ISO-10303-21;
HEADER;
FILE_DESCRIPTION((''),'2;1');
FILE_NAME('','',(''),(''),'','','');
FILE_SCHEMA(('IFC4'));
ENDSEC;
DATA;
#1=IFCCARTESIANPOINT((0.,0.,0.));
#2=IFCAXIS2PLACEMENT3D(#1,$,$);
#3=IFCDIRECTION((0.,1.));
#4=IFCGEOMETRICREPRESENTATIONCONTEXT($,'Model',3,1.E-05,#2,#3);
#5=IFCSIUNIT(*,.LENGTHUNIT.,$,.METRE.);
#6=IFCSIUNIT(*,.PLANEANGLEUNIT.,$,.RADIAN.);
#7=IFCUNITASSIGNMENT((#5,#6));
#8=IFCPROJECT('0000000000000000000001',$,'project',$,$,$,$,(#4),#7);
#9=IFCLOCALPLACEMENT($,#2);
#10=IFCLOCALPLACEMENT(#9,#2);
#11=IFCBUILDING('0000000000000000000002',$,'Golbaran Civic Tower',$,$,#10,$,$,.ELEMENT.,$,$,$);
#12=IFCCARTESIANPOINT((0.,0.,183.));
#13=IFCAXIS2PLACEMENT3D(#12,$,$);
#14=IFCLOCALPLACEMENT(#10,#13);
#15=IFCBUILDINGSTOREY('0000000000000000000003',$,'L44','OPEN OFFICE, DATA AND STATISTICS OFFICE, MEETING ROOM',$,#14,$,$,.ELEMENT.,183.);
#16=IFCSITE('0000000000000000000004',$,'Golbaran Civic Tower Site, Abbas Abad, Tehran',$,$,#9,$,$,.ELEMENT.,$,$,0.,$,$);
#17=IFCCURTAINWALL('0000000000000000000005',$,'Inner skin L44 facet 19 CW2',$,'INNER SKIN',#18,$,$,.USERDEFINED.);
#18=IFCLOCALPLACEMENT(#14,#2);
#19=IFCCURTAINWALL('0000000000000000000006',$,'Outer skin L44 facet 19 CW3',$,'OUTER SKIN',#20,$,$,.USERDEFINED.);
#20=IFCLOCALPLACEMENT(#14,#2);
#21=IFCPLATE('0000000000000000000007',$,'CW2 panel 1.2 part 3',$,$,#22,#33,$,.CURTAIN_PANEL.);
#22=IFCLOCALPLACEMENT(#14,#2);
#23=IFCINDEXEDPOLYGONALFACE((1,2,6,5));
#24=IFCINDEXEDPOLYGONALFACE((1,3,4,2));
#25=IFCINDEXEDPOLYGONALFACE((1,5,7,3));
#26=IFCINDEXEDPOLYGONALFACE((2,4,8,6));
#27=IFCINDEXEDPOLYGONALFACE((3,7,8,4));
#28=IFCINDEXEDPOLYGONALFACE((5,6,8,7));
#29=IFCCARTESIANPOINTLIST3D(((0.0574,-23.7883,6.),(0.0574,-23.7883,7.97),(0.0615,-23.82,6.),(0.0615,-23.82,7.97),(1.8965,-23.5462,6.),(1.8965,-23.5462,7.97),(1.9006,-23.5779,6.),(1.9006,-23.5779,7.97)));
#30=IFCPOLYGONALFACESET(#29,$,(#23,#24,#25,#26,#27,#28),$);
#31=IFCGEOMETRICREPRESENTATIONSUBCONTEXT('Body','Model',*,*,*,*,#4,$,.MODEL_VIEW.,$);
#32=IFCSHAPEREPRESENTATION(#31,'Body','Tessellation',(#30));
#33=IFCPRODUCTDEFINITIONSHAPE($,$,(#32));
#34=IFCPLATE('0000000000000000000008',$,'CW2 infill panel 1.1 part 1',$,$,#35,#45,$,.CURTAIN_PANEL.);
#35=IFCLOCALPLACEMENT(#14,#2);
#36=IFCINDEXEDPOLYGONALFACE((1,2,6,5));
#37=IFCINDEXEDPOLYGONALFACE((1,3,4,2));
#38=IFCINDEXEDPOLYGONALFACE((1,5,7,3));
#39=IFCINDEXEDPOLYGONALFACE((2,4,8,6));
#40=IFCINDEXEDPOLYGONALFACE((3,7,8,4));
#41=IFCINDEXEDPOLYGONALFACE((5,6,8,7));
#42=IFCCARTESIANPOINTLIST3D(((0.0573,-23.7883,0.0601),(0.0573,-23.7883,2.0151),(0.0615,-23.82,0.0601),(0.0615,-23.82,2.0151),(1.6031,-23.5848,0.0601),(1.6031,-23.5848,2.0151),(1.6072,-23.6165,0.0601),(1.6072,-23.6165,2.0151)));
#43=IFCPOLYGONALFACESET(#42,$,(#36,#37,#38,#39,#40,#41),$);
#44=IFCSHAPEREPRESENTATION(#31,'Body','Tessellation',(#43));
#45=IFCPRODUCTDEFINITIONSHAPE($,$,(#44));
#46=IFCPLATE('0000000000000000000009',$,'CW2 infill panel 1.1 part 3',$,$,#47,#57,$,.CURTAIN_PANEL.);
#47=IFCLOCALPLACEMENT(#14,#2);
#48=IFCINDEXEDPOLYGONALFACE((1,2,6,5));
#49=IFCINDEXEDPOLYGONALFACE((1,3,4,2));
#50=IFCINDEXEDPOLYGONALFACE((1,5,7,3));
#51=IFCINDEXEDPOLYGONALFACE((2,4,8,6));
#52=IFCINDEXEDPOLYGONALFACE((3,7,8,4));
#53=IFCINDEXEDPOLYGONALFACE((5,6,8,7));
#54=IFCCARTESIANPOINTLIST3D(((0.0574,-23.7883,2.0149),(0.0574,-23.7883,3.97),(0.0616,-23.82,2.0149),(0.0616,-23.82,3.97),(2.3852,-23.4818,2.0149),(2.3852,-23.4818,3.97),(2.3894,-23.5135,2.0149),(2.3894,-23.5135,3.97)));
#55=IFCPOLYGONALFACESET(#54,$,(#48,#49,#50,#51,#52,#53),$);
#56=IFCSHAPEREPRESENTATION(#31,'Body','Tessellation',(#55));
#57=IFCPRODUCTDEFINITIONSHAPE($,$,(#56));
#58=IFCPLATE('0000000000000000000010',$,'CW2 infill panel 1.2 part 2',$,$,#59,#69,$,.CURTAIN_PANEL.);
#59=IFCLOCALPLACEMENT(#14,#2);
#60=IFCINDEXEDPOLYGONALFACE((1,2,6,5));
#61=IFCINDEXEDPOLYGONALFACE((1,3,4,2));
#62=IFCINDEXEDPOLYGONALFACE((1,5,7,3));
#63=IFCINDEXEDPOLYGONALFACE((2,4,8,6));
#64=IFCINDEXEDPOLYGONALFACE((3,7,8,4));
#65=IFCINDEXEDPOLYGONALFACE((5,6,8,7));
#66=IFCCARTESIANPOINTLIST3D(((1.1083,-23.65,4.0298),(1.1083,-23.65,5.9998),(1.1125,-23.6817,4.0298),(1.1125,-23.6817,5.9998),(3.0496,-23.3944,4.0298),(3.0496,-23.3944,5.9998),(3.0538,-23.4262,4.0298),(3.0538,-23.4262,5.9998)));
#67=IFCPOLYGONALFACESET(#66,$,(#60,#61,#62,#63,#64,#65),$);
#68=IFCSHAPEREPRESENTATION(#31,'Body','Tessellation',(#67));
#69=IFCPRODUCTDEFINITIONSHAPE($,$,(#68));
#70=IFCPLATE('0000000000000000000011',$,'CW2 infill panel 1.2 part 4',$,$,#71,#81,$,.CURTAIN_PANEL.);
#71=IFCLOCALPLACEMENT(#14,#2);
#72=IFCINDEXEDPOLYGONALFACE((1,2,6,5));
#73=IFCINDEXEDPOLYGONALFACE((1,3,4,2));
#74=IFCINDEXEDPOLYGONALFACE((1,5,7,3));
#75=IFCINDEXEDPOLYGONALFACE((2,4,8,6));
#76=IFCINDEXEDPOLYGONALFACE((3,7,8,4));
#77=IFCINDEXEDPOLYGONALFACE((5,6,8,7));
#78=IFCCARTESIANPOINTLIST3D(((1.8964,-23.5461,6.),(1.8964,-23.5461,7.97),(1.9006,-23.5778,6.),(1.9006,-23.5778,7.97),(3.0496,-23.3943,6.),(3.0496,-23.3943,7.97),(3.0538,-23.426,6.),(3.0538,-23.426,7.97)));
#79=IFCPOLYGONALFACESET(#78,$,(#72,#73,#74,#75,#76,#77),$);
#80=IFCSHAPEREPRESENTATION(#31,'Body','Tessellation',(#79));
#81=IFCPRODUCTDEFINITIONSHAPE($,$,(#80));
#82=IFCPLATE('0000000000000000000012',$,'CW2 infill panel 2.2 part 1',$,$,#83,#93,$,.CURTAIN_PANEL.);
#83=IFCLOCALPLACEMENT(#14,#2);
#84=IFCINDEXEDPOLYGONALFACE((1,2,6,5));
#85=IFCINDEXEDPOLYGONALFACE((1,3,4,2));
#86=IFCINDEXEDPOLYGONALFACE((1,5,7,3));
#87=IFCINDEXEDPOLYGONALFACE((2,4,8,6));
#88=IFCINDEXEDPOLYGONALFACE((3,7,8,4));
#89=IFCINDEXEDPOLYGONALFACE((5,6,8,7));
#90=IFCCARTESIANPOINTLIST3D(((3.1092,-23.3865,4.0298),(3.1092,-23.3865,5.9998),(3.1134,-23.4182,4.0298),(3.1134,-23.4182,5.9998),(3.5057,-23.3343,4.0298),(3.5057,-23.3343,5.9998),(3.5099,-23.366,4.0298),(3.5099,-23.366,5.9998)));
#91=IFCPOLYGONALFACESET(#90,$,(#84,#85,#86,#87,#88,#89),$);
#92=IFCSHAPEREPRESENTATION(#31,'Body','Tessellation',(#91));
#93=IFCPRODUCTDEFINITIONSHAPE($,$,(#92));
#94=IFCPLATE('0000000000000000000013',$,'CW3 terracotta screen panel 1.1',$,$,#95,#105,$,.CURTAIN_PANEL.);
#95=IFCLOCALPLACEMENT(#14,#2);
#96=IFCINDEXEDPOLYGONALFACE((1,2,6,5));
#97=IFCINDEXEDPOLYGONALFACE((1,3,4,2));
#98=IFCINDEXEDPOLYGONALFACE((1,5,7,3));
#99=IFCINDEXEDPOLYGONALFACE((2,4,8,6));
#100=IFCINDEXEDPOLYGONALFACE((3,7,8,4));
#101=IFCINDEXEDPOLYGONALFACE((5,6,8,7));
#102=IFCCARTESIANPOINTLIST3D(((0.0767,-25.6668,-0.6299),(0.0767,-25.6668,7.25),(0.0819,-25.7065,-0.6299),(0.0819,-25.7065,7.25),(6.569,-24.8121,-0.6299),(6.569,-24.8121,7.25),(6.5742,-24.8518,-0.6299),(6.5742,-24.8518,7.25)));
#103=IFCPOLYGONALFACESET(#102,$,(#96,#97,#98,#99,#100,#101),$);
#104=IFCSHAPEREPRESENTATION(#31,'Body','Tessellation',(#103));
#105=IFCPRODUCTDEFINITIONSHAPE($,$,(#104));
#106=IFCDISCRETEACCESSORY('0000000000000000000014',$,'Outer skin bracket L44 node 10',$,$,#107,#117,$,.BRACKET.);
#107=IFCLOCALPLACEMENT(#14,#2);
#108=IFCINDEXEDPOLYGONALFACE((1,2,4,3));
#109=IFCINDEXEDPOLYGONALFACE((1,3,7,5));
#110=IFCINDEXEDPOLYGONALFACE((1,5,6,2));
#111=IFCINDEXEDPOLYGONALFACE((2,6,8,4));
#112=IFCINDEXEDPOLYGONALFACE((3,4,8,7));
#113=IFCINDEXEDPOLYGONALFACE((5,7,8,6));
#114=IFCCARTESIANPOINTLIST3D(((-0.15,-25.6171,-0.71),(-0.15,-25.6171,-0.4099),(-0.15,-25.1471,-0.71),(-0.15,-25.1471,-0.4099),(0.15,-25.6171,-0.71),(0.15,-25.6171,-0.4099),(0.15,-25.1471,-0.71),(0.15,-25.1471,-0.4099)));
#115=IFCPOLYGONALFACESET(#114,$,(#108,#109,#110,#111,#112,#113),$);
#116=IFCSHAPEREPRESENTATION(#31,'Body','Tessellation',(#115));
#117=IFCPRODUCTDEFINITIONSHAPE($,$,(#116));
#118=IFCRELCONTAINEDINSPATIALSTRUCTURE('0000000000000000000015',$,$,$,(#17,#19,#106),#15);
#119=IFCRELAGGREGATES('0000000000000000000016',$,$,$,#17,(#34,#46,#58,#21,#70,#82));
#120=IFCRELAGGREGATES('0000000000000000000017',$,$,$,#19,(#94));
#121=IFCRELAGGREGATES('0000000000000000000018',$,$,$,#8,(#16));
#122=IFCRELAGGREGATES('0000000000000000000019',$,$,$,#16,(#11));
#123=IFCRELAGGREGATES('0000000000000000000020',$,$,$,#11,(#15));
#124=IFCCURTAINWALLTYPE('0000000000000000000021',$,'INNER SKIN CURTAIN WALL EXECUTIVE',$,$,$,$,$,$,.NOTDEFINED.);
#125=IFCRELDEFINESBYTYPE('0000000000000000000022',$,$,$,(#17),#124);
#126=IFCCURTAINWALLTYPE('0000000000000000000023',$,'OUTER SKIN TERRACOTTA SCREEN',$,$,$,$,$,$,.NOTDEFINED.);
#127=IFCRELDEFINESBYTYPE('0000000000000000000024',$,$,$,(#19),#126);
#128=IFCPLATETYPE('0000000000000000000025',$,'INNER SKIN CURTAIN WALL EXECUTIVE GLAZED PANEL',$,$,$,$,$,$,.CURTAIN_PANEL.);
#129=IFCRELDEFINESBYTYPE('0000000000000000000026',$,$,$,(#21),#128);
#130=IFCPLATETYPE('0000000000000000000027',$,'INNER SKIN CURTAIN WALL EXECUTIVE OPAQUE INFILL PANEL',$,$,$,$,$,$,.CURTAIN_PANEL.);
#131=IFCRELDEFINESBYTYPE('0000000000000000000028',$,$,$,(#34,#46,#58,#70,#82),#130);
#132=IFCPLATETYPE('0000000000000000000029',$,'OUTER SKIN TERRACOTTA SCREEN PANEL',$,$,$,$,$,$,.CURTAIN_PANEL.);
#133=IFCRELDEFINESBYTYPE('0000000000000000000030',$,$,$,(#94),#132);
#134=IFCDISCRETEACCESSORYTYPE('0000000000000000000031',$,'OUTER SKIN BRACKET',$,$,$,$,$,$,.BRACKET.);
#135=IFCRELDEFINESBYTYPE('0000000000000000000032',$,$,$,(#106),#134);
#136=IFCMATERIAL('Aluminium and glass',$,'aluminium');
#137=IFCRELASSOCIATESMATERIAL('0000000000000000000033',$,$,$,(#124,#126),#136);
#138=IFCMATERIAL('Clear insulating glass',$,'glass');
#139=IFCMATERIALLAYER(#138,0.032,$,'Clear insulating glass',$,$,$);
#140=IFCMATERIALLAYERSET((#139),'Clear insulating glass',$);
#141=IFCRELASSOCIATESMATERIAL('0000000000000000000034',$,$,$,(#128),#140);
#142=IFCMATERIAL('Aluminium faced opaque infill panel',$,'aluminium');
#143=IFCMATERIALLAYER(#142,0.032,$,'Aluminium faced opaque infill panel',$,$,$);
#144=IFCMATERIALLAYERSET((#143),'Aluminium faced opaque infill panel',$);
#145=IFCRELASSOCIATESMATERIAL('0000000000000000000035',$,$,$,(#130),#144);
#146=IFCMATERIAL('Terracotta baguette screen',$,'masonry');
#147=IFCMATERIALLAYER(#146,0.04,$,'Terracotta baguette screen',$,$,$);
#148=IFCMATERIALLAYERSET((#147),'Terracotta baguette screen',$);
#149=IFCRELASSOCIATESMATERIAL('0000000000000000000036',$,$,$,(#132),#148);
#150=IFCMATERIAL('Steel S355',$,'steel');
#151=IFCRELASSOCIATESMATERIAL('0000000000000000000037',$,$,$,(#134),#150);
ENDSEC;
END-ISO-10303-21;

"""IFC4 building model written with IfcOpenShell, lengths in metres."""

from ifc_helpers import new_model, si_unit, direction, frame, origin, origin_2d, place, context, subcontext, project, spatial, rectangle, extrude, material, layer, layer_set, type_object, element, aggregate, save


model = new_model("IFC4")

# Units and contexts
model_context = context("Model", 3, precision=1e-05, world=origin(), true_north=direction((0.0, 1.0)))
body_context = subcontext(model_context, "Body", "Model", "MODEL_VIEW")
ifc_project = project(units=[si_unit("LENGTHUNIT", "METRE"), si_unit("PLANEANGLEUNIT", "RADIAN")], contexts=[model_context])

# Site, building, storey
site_placement = place(None, origin())
site = spatial("IfcSite", under=ifc_project, at=site_placement, Name="Golbaran Civic Tower Site, Abbas Abad, Tehran", CompositionType="ELEMENT", RefElevation=0.0)
building_placement = place(site_placement, origin())
building = spatial("IfcBuilding", under=site, at=building_placement, Name="Golbaran Civic Tower", CompositionType="ELEMENT")
storey_placement = place(building_placement, frame((0.0, 0.0, 183.0)))
storey = spatial("IfcBuildingStorey", under=building, at=storey_placement, Name="L44", Description="OPEN OFFICE, DATA AND STATISTICS OFFICE, MEETING ROOM", CompositionType="ELEMENT", Elevation=183.0)

# Shared definitions
ifc_material_1 = material(Name="Steel S355", Category="steel")

# Curtain walls
ifc_material_2 = material(Name="Aluminium and glass", Category="aluminium")
curtain_wall_type_1 = type_object("IfcCurtainWallType", Name="INNER SKIN CURTAIN WALL EXECUTIVE", PredefinedType="NOTDEFINED", material=ifc_material_2)
curtain_wall_1_placement = place(storey_placement, origin())
curtain_wall_1 = element("IfcCurtainWall", 1, at=curtain_wall_1_placement, inside=storey, type_object=curtain_wall_type_1, Name="Inner skin L44 facet 19 CW2", ObjectType="INNER SKIN", PredefinedType="USERDEFINED")
curtain_wall_type_2 = type_object("IfcCurtainWallType", Name="OUTER SKIN TERRACOTTA SCREEN", PredefinedType="NOTDEFINED", material=ifc_material_2)
curtain_wall_2_placement = place(storey_placement, origin())
curtain_wall_2 = element("IfcCurtainWall", 2, at=curtain_wall_2_placement, inside=storey, type_object=curtain_wall_type_2, Name="Outer skin L44 facet 19 CW3", ObjectType="OUTER SKIN", PredefinedType="USERDEFINED")

# Plates
ifc_material_3 = material(Name="Clear insulating glass", Category="glass")
ifc_layer_1 = layer(ifc_material_3, 0.032, Name="Clear insulating glass")
ifc_layer_set_1 = layer_set([ifc_layer_1], Name="Clear insulating glass")
plate_type_1 = type_object("IfcPlateType", Name="INNER SKIN CURTAIN WALL EXECUTIVE GLAZED PANEL", PredefinedType="CURTAIN_PANEL", material=ifc_layer_set_1)
plate_1_placement = place(storey_placement, frame((0.979, -23.6831, 6.0), z_axis=(0.0, 0.0, 1.0), x_axis=(0.991445, 0.130526, 0.0)))
plate_1 = element("IfcPlate", 3, at=plate_1_placement, type_object=plate_type_1, Name="CW2 panel 1.2 part 3", PredefinedType="CURTAIN_PANEL", context=body_context, shape_type="SweptSolid", body=[
    extrude(rectangle(XDim=1.855, YDim=0.032, at=origin_2d()), origin(), (0.0, 0.0, 1.0), 1.97),
])
ifc_material_4 = material(Name="Aluminium faced opaque infill panel", Category="aluminium")
ifc_layer_2 = layer(ifc_material_4, 0.032, Name="Aluminium faced opaque infill panel")
ifc_layer_set_2 = layer_set([ifc_layer_2], Name="Aluminium faced opaque infill panel")
plate_type_2 = type_object("IfcPlateType", Name="INNER SKIN CURTAIN WALL EXECUTIVE OPAQUE INFILL PANEL", PredefinedType="CURTAIN_PANEL", material=ifc_layer_set_2)
plate_2_placement = place(storey_placement, frame((0.8323, -23.7024, 0.0601), z_axis=(0.0, 0.0, 1.0), x_axis=(0.991445, 0.130526, 0.0)))
plate_2 = element("IfcPlate", 4, at=plate_2_placement, type_object=plate_type_2, Name="CW2 infill panel 1.1 part 1", PredefinedType="CURTAIN_PANEL", context=body_context, shape_type="SweptSolid", body=[
    extrude(rectangle(XDim=1.5591, YDim=0.032, at=origin_2d()), origin(), (0.0, 0.0, 1.0), 1.9551),
])
plate_3_placement = place(storey_placement, frame((1.2234, -23.6509, 2.0149), z_axis=(0.0, 0.0, 1.0), x_axis=(0.991445, 0.130526, 0.0)))
plate_3 = element("IfcPlate", 5, at=plate_3_placement, type_object=plate_type_2, Name="CW2 infill panel 1.1 part 3", PredefinedType="CURTAIN_PANEL", context=body_context, shape_type="SweptSolid", body=[
    extrude(rectangle(XDim=2.3479, YDim=0.032, at=origin_2d()), origin(), (0.0, 0.0, 1.0), 1.9551),
])
plate_4_placement = place(storey_placement, frame((2.0811, -23.5381, 4.0298), z_axis=(0.0, 0.0, 1.0), x_axis=(0.991445, 0.130526, 0.0)))
plate_4 = element("IfcPlate", 6, at=plate_4_placement, type_object=plate_type_2, Name="CW2 infill panel 1.2 part 2", PredefinedType="CURTAIN_PANEL", context=body_context, shape_type="SweptSolid", body=[
    extrude(rectangle(XDim=1.958, YDim=0.032, at=origin_2d()), origin(), (0.0, 0.0, 1.0), 1.97),
])
plate_5_placement = place(storey_placement, frame((2.4751, -23.4861, 6.0), z_axis=(0.0, 0.0, 1.0), x_axis=(0.991445, 0.130526, 0.0)))
plate_5 = element("IfcPlate", 7, at=plate_5_placement, type_object=plate_type_2, Name="CW2 infill panel 1.2 part 4", PredefinedType="CURTAIN_PANEL", context=body_context, shape_type="SweptSolid", body=[
    extrude(rectangle(XDim=1.1631, YDim=0.032, at=origin_2d()), origin(), (0.0, 0.0, 1.0), 1.97),
])
plate_6_placement = place(storey_placement, frame((3.3096, -23.3762, 4.0298), z_axis=(0.0, 0.0, 1.0), x_axis=(0.991445, 0.130526, 0.0)))
plate_6 = element("IfcPlate", 8, at=plate_6_placement, type_object=plate_type_2, Name="CW2 infill panel 2.2 part 1", PredefinedType="CURTAIN_PANEL", context=body_context, shape_type="SweptSolid", body=[
    extrude(rectangle(XDim=0.3999, YDim=0.032, at=origin_2d()), origin(), (0.0, 0.0, 1.0), 1.97),
])
aggregate(curtain_wall_1, [plate_2, plate_3, plate_4, plate_1, plate_5, plate_6])
ifc_material_5 = material(Name="Terracotta baguette screen", Category="masonry")
ifc_layer_3 = layer(ifc_material_5, 0.04, Name="Terracotta baguette screen")
ifc_layer_set_3 = layer_set([ifc_layer_3], Name="Terracotta baguette screen")
plate_type_3 = type_object("IfcPlateType", Name="OUTER SKIN TERRACOTTA SCREEN PANEL", PredefinedType="CURTAIN_PANEL", material=ifc_layer_set_3)
plate_7_placement = place(storey_placement, frame((3.3254, -25.2593, -0.6299), z_axis=(0.0, 0.0, 1.0), x_axis=(0.991445, 0.130526, 0.0)))
plate_7 = element("IfcPlate", 9, at=plate_7_placement, type_object=plate_type_3, Name="CW3 terracotta screen panel 1.1", PredefinedType="CURTAIN_PANEL", context=body_context, shape_type="SweptSolid", body=[
    extrude(rectangle(XDim=6.5483, YDim=0.04, at=origin_2d()), origin(), (0.0, 0.0, 1.0), 7.8799),
])
aggregate(curtain_wall_2, [plate_7])

# Discrete accessory
discrete_accessory_type = type_object("IfcDiscreteAccessoryType", Name="OUTER SKIN BRACKET", PredefinedType="BRACKET", material=ifc_material_1)
discrete_accessory_placement = place(storey_placement, frame((0.0, -25.3821, -0.71), z_axis=(0.0, 0.0, 1.0), x_axis=(0.0, -1.0, 0.0)))
element("IfcDiscreteAccessory", 10, at=discrete_accessory_placement, inside=storey, type_object=discrete_accessory_type, Name="Outer skin bracket L44 node 10", PredefinedType="BRACKET", context=body_context, shape_type="SweptSolid", body=[
    extrude(rectangle(XDim=0.47, YDim=0.3, at=origin_2d()), origin(), (0.0, 0.0, 1.0), 0.3),
])

save(model, "model.ifc")
